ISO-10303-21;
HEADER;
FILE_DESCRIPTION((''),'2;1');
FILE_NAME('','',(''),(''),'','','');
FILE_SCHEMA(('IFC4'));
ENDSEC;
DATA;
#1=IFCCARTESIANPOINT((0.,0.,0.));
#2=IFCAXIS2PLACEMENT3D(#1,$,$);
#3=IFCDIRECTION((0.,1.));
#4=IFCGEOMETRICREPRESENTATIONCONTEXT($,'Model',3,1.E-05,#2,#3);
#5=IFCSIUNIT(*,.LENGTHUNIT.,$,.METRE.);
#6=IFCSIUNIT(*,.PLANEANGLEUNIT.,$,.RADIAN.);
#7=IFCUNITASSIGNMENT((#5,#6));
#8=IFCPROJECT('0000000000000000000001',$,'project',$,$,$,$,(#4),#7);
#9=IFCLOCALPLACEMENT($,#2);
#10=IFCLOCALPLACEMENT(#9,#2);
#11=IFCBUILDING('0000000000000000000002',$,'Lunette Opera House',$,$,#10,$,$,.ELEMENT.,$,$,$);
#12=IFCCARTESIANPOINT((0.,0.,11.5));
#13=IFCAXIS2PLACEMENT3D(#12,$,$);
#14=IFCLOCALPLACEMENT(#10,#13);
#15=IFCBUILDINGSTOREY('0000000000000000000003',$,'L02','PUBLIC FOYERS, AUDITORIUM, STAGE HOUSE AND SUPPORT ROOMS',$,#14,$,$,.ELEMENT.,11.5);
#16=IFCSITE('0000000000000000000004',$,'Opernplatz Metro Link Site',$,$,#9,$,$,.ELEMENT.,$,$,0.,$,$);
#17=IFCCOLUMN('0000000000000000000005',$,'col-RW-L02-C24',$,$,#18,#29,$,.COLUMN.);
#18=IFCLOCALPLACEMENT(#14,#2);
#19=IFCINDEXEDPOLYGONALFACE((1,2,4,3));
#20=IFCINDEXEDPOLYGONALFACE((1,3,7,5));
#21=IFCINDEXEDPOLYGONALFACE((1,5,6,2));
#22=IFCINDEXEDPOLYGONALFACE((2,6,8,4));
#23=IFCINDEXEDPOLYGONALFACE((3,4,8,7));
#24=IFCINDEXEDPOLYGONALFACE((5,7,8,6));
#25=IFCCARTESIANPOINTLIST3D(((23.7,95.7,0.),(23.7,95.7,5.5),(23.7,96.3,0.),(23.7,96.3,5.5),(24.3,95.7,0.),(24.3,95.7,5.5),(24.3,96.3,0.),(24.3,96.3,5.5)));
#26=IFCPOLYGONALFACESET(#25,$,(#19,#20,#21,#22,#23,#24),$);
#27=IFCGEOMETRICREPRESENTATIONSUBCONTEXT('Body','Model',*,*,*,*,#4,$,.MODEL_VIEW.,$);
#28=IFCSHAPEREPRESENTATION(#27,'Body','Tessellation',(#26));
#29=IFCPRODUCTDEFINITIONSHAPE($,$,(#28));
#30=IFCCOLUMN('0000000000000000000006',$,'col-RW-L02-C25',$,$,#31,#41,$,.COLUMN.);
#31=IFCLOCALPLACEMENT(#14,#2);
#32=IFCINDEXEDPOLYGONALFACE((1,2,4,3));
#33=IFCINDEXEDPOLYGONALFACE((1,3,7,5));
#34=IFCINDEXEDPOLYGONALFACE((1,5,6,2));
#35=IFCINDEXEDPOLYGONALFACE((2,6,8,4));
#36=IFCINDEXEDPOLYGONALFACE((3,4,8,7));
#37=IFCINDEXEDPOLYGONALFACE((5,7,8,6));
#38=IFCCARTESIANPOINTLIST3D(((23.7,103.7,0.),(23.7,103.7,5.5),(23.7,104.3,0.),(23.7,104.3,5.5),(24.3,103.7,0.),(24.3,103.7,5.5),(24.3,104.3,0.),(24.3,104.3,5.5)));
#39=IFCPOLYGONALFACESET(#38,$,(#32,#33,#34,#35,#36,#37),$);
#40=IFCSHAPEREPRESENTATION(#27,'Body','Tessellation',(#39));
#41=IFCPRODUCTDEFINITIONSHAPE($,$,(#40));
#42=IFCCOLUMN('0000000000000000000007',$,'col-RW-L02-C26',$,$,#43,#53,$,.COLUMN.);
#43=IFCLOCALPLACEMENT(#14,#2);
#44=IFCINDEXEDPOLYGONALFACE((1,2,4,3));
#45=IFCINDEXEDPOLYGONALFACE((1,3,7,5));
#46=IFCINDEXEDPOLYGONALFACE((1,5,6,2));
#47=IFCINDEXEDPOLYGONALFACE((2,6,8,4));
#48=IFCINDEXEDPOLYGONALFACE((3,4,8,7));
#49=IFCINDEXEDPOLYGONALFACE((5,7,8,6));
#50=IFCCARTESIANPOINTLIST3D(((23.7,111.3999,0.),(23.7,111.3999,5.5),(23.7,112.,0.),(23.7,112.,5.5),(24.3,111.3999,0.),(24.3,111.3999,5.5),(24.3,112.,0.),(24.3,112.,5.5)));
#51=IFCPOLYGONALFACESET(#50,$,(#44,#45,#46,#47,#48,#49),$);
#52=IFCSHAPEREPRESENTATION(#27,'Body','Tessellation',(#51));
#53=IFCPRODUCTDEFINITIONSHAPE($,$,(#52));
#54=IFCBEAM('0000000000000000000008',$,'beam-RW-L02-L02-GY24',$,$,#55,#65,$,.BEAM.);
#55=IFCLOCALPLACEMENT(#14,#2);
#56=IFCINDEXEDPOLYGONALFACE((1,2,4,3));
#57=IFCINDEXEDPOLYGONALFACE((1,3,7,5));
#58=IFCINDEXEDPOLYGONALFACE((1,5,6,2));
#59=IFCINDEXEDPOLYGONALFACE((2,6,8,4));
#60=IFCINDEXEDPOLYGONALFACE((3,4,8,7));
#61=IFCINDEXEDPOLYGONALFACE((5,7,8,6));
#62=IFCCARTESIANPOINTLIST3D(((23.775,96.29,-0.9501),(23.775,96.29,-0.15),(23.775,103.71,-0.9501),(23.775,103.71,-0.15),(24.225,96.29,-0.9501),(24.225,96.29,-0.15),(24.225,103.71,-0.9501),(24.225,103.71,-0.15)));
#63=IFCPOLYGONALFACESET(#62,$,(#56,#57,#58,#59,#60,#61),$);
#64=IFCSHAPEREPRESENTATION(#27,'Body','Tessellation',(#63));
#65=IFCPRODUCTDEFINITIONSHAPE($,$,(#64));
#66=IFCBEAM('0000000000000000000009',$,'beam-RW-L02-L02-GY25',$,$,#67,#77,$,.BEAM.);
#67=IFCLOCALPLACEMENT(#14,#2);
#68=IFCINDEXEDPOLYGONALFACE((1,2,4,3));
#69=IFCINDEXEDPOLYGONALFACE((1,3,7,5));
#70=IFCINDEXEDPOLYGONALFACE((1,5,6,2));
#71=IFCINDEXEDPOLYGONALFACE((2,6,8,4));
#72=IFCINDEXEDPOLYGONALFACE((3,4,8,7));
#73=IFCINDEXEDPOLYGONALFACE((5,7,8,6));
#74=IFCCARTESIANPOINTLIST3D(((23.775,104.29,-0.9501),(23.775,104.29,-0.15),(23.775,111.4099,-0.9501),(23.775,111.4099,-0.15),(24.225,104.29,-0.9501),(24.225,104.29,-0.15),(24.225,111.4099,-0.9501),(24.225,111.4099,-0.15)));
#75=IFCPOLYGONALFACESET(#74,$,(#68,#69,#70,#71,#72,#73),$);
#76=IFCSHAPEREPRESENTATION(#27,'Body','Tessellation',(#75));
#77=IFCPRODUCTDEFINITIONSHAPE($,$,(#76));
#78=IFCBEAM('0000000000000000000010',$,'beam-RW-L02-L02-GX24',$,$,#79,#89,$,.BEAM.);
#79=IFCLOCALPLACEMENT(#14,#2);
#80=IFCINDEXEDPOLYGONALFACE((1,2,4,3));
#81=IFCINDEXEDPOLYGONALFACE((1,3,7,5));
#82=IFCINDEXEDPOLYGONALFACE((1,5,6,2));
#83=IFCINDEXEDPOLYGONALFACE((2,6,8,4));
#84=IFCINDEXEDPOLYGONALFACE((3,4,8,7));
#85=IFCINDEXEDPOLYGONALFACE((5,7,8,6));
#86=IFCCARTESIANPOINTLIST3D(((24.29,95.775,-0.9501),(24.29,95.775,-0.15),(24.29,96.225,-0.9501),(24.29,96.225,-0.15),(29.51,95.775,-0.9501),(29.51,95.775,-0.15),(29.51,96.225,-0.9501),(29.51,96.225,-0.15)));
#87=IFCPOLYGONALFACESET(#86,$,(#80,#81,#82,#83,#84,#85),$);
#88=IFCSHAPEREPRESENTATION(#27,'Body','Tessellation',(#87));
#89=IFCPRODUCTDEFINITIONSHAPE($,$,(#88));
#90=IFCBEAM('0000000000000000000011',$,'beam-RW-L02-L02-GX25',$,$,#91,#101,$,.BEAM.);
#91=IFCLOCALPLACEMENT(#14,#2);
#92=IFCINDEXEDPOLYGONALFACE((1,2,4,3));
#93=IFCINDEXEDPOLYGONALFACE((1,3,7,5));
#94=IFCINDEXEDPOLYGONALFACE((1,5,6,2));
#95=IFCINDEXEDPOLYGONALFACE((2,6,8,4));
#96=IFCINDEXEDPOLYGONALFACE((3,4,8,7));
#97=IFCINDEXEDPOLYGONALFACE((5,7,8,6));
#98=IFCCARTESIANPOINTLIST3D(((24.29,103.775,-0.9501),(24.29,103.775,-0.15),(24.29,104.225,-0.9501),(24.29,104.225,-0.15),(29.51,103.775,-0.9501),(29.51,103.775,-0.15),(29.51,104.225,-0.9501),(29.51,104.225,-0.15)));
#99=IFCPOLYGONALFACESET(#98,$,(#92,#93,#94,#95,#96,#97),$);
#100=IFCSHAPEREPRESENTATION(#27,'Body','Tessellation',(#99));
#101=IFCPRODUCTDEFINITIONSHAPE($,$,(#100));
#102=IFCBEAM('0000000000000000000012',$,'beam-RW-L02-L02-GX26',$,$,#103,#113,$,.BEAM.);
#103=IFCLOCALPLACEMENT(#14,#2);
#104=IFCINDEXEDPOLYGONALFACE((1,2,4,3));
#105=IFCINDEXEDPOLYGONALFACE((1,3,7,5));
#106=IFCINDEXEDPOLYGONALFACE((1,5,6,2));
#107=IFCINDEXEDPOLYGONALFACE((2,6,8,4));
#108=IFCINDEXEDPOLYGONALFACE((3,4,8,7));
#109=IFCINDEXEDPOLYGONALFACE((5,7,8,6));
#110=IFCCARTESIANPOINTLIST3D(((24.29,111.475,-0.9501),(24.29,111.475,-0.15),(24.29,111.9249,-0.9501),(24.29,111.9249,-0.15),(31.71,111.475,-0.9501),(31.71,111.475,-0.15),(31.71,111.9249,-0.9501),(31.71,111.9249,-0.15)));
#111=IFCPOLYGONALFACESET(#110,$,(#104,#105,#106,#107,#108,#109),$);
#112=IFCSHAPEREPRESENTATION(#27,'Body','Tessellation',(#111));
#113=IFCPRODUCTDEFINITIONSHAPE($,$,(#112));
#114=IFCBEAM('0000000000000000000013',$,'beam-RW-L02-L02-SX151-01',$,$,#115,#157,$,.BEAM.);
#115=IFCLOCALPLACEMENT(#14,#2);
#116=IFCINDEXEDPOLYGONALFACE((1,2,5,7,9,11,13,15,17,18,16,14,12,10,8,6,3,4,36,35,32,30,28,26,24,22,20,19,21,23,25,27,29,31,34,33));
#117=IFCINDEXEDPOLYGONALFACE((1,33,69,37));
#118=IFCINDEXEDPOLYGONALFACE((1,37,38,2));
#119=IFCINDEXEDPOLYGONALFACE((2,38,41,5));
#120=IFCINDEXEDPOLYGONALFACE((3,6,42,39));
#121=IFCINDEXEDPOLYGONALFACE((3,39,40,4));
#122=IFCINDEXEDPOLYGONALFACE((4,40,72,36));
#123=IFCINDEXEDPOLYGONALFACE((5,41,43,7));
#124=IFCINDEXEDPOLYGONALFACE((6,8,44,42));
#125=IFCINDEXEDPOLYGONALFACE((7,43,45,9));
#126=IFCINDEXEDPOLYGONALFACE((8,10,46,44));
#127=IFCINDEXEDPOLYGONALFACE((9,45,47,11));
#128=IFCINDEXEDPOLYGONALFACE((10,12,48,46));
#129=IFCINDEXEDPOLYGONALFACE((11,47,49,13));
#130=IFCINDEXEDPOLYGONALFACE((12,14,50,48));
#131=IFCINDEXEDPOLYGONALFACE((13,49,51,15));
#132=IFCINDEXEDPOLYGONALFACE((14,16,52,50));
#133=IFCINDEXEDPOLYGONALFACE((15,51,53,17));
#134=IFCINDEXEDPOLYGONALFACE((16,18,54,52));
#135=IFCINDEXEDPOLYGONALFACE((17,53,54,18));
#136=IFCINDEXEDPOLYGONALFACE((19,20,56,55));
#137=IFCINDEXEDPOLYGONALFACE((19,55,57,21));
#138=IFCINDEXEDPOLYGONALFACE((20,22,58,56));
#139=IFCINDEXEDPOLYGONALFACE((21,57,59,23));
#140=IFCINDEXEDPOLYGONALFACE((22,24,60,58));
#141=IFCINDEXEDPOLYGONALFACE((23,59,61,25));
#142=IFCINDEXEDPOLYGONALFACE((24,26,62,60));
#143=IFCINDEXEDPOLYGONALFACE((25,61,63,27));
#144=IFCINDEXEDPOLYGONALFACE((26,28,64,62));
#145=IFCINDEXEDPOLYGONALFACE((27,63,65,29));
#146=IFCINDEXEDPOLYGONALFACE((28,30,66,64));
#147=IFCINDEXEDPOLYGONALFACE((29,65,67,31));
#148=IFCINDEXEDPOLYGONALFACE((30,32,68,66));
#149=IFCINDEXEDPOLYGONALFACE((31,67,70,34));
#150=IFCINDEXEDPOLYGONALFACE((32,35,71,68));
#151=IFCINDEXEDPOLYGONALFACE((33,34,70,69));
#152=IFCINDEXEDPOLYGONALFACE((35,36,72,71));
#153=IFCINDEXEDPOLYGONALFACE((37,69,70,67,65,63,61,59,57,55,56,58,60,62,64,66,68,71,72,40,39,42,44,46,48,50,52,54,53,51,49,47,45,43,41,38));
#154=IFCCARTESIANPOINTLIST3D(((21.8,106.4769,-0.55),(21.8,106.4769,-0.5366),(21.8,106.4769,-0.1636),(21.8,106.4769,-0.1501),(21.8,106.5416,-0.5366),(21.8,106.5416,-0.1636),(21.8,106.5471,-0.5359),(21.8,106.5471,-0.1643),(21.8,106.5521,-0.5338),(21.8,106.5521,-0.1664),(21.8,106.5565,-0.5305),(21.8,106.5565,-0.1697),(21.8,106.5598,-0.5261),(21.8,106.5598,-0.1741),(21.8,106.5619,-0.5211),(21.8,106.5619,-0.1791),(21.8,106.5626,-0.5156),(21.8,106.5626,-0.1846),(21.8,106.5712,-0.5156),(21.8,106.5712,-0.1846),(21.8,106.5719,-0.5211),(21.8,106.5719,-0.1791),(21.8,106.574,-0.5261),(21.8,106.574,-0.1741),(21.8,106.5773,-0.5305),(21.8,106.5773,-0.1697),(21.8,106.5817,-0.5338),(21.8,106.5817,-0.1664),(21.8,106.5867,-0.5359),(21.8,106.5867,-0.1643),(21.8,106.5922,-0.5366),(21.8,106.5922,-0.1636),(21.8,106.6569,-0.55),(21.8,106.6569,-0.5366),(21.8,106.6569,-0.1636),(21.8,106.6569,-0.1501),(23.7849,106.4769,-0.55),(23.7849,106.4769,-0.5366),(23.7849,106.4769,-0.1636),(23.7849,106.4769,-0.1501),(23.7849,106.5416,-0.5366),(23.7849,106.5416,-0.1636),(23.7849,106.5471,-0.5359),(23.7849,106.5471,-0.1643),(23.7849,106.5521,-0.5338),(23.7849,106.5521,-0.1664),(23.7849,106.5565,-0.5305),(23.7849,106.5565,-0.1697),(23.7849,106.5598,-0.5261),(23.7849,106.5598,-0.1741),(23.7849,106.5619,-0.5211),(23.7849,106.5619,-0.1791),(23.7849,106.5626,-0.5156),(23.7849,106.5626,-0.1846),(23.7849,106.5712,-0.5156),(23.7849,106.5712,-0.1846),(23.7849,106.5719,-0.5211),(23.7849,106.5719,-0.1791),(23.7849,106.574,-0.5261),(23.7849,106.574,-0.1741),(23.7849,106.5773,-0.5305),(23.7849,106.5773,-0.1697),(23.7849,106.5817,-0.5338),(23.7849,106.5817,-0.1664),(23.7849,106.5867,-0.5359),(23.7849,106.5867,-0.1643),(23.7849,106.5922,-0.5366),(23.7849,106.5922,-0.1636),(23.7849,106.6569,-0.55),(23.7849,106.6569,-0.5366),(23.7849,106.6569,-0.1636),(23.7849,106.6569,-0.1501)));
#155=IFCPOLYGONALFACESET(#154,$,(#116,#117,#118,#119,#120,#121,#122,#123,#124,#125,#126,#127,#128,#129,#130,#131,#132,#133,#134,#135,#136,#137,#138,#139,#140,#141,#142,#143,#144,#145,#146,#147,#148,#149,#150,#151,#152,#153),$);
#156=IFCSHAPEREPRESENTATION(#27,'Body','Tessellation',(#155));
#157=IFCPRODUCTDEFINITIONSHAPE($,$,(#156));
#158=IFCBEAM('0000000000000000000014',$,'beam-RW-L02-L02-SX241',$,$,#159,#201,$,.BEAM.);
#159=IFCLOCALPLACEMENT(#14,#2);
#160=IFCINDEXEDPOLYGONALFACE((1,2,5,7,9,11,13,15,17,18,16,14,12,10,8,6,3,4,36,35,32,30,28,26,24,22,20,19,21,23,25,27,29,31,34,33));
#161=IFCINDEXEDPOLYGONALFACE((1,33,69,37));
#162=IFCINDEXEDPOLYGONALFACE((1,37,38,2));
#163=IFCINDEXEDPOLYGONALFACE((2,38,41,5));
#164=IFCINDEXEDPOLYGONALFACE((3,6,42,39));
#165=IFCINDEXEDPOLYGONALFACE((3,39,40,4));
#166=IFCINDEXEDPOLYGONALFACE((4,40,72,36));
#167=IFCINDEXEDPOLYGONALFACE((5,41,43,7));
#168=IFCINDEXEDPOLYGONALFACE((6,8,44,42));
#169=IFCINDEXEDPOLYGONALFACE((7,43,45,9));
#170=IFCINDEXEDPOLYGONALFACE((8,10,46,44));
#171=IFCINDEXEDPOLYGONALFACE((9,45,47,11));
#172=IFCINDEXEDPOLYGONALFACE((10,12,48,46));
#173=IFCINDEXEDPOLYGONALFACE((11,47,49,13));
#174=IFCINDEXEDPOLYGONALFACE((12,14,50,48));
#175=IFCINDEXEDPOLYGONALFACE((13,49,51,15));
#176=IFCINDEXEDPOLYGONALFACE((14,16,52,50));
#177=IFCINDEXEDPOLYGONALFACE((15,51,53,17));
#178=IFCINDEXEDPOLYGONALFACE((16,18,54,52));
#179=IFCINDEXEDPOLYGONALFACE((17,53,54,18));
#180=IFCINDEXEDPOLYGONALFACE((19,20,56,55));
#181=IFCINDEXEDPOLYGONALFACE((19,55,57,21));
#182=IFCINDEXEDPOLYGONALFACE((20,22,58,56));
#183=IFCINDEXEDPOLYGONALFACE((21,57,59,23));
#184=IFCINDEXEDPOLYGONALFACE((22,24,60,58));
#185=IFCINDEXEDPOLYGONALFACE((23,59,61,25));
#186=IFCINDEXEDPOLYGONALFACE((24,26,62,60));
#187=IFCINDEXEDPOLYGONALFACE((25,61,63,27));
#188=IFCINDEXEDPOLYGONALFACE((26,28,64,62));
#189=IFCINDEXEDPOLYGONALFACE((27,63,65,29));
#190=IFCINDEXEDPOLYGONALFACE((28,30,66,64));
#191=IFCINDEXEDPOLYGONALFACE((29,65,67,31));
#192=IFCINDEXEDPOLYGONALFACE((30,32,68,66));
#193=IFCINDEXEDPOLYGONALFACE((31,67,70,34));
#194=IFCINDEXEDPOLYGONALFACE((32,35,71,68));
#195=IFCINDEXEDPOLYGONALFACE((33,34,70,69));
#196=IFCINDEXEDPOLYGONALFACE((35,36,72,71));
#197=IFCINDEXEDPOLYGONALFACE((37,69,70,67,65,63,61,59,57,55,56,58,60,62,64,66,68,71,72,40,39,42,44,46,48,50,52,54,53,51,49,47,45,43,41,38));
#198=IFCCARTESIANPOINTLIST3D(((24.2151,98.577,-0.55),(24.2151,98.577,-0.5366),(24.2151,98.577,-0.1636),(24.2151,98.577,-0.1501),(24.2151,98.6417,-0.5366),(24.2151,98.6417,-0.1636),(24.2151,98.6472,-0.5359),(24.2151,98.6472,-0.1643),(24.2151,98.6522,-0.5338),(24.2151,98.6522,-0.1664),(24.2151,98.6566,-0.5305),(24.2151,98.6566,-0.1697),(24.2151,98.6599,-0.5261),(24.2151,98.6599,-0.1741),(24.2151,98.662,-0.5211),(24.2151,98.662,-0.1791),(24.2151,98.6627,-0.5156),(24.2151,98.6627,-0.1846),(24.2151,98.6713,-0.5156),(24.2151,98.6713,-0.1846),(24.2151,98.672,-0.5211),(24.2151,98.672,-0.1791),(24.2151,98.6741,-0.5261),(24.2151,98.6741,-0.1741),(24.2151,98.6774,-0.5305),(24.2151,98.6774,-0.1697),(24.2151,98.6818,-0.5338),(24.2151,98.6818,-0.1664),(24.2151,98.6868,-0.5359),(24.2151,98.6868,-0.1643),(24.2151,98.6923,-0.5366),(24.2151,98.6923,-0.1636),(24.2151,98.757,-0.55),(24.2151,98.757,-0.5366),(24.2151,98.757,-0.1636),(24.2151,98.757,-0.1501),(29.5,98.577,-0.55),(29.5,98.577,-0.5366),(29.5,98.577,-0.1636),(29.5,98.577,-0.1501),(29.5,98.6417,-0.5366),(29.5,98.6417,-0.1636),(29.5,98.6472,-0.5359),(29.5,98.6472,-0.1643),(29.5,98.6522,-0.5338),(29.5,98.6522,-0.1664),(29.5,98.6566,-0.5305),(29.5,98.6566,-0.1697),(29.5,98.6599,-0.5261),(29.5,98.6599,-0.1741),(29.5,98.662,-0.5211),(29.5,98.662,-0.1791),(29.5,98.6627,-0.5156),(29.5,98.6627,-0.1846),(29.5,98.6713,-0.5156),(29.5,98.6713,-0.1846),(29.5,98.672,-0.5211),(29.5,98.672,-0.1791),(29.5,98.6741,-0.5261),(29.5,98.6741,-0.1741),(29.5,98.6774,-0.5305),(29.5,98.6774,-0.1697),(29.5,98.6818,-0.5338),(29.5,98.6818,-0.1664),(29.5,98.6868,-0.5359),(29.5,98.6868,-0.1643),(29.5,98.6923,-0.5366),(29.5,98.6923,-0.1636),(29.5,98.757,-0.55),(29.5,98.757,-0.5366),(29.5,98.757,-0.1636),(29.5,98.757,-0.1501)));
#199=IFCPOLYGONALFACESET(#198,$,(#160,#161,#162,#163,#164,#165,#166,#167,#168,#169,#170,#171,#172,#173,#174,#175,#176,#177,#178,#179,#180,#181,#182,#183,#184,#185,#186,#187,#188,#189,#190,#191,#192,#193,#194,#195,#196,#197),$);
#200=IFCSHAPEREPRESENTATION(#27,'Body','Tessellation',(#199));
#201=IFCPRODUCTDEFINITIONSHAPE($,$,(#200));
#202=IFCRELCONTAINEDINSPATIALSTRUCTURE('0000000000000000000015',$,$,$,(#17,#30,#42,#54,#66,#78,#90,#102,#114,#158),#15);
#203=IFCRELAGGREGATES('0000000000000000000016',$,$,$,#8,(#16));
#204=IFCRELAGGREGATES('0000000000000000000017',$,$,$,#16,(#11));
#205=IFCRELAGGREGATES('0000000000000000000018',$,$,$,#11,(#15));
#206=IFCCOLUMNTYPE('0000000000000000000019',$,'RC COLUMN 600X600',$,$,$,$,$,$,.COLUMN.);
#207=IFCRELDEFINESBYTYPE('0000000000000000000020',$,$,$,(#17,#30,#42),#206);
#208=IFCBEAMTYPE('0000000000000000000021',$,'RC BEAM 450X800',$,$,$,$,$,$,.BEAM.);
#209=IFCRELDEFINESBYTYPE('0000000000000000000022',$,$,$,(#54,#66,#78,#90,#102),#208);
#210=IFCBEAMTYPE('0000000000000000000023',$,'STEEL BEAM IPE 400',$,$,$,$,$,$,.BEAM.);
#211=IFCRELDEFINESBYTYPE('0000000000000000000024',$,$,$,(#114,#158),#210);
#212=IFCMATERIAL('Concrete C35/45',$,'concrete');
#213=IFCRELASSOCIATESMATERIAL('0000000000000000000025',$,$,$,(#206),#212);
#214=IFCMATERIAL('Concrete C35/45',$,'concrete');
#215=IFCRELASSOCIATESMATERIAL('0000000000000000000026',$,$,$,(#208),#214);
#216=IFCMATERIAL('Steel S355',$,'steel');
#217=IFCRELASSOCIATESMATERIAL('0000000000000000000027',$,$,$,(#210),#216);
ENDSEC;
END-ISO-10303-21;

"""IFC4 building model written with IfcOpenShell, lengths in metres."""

from ifc_helpers import new_model, si_unit, direction, frame, origin, origin_2d, place, context, subcontext, project, spatial, rectangle, i_section, extrude, material, material_profile, profile_set, type_object, element, save


model = new_model("IFC4")

# Units and contexts
model_context = context("Model", 3, precision=1e-05, world=origin(), true_north=direction((0.0, 1.0)))
body_context = subcontext(model_context, "Body", "Model", "MODEL_VIEW")
ifc_project = project(units=[si_unit("LENGTHUNIT", "METRE"), si_unit("PLANEANGLEUNIT", "RADIAN")], contexts=[model_context])

# Site, building, storey
site_placement = place(None, origin())
site = spatial("IfcSite", under=ifc_project, at=site_placement, Name="Opernplatz Metro Link Site", CompositionType="ELEMENT", RefElevation=0.0)
building_placement = place(site_placement, origin())
building = spatial("IfcBuilding", under=site, at=building_placement, Name="Lunette Opera House", CompositionType="ELEMENT")
storey_placement = place(building_placement, frame((0.0, 0.0, 11.5)))
storey = spatial("IfcBuildingStorey", under=building, at=storey_placement, Name="L02", Description="PUBLIC FOYERS, AUDITORIUM, STAGE HOUSE AND SUPPORT ROOMS", CompositionType="ELEMENT", Elevation=11.5)

# Columns
ifc_material_1 = material(Name="Concrete C35/45", Category="concrete")
ifc_material_profile_1 = material_profile(ifc_material_1, rectangle(XDim=0.6001, YDim=0.6001, at=origin_2d()), Name="RC COLUMN 600X600")
ifc_profile_set_1 = profile_set([ifc_material_profile_1], Name="Concrete C35/45")
column_type = type_object("IfcColumnType", Name="RC COLUMN 600X600", PredefinedType="COLUMN", material=ifc_profile_set_1)
for number, where, z_axis, x_axis, name in (
    (1, (24.0, 96.0, 0.0), (0.0, 0.0, 1.0), (1.0, 0.0, 0.0), "col-RW-L02-C24"),
    (2, (24.0, 104.0, 0.0), (0.0, 0.0, 1.0), (1.0, 0.0, 0.0), "col-RW-L02-C25"),
    (3, (24.0, 111.7, 0.0), (0.0, 0.0, 1.0), (1.0, 0.0, 0.0), "col-RW-L02-C26"),
):
    element("IfcColumn", number, at=place(storey_placement, frame(where, z_axis=z_axis, x_axis=x_axis)), inside=storey, type_object=column_type, Name=name, PredefinedType="COLUMN", context=body_context, shape_type="SweptSolid", body=[
        extrude(rectangle(XDim=0.6001, YDim=0.6001, at=origin_2d()), origin(), (0.0, 0.0, 1.0), 5.5),
    ])

# Beams
ifc_material_2 = material(Name="Concrete C35/45", Category="concrete")
ifc_material_profile_2 = material_profile(ifc_material_2, rectangle(XDim=0.45, YDim=0.8, at=origin_2d()), Name="RC BEAM 450X800")
ifc_profile_set_2 = profile_set([ifc_material_profile_2], Name="Concrete C35/45")
beam_type_1 = type_object("IfcBeamType", Name="RC BEAM 450X800", PredefinedType="BEAM", material=ifc_profile_set_2)
beam_1_placement = place(storey_placement, frame((24.0, 96.29, -0.55), z_axis=(0.0, 1.0, 0.0), x_axis=(-1.0, 0.0, 0.0)))
element("IfcBeam", 4, at=beam_1_placement, inside=storey, type_object=beam_type_1, Name="beam-RW-L02-L02-GY24", PredefinedType="BEAM", context=body_context, shape_type="SweptSolid", body=[
    extrude(rectangle(XDim=0.45, YDim=0.8, at=origin_2d()), origin(), (0.0, 0.0, 1.0), 7.4199),
])
beam_2_placement = place(storey_placement, frame((24.0, 104.29, -0.55), z_axis=(0.0, 1.0, 0.0), x_axis=(-1.0, 0.0, 0.0)))
element("IfcBeam", 5, at=beam_2_placement, inside=storey, type_object=beam_type_1, Name="beam-RW-L02-L02-GY25", PredefinedType="BEAM", context=body_context, shape_type="SweptSolid", body=[
    extrude(rectangle(XDim=0.45, YDim=0.8, at=origin_2d()), origin(), (0.0, 0.0, 1.0), 7.1199),
])
for number, where, z_axis, x_axis, name in (
    (6, (24.29, 96.0, -0.55), (1.0, 0.0, 0.0), (0.0, 1.0, 0.0), "beam-RW-L02-L02-GX24"),
    (7, (24.29, 104.0, -0.55), (1.0, 0.0, 0.0), (0.0, 1.0, 0.0), "beam-RW-L02-L02-GX25"),
):
    element("IfcBeam", number, at=place(storey_placement, frame(where, z_axis=z_axis, x_axis=x_axis)), inside=storey, type_object=beam_type_1, Name=name, PredefinedType="BEAM", context=body_context, shape_type="SweptSolid", body=[
        extrude(rectangle(XDim=0.45, YDim=0.8, at=origin_2d()), origin(), (0.0, 0.0, 1.0), 5.22),
    ])
beam_3_placement = place(storey_placement, frame((24.29, 111.7, -0.55), z_axis=(1.0, 0.0, 0.0), x_axis=(0.0, 1.0, 0.0)))
element("IfcBeam", 8, at=beam_3_placement, inside=storey, type_object=beam_type_1, Name="beam-RW-L02-L02-GX26", PredefinedType="BEAM", context=body_context, shape_type="SweptSolid", body=[
    extrude(rectangle(XDim=0.45, YDim=0.8, at=origin_2d()), origin(), (0.0, 0.0, 1.0), 7.4199),
])
ifc_material_3 = material(Name="Steel S355", Category="steel")
ifc_material_profile_3 = material_profile(ifc_material_3, i_section(OverallWidth=0.1799, OverallDepth=0.3999, WebThickness=0.0085, FlangeThickness=0.0134, FilletRadius=0.021, at=origin_2d()), Name="IPE 400")
ifc_profile_set_3 = profile_set([ifc_material_profile_3], Name="Steel S355")
beam_type_2 = type_object("IfcBeamType", Name="STEEL BEAM IPE 400", PredefinedType="BEAM", material=ifc_profile_set_3)
beam_4_placement = place(storey_placement, frame((21.8, 106.5669, -0.3501), z_axis=(1.0, 0.0, 0.0), x_axis=(0.0, 1.0, 0.0)))
element("IfcBeam", 9, at=beam_4_placement, inside=storey, type_object=beam_type_2, Name="beam-RW-L02-L02-SX151-01", PredefinedType="BEAM", context=body_context, shape_type="SweptSolid", body=[
    extrude(i_section(OverallWidth=0.1799, OverallDepth=0.3999, WebThickness=0.0085, FlangeThickness=0.0134, FilletRadius=0.021, at=origin_2d()), origin(), (0.0, 0.0, 1.0), 1.9849),
])
for number, where, z_axis, x_axis, name in (
    (10, (24.2151, 98.667, -0.3501), (1.0, 0.0, 0.0), (0.0, 1.0, 0.0), "beam-RW-L02-L02-SX241"),
):
    element("IfcBeam", number, at=place(storey_placement, frame(where, z_axis=z_axis, x_axis=x_axis)), inside=storey, type_object=beam_type_2, Name=name, PredefinedType="BEAM", context=body_context, shape_type="SweptSolid", body=[
        extrude(i_section(OverallWidth=0.1799, OverallDepth=0.3999, WebThickness=0.0085, FlangeThickness=0.0134, FilletRadius=0.021, at=origin_2d()), origin(), (0.0, 0.0, 1.0), 5.2849),
    ])

save(model, "model.ifc")
